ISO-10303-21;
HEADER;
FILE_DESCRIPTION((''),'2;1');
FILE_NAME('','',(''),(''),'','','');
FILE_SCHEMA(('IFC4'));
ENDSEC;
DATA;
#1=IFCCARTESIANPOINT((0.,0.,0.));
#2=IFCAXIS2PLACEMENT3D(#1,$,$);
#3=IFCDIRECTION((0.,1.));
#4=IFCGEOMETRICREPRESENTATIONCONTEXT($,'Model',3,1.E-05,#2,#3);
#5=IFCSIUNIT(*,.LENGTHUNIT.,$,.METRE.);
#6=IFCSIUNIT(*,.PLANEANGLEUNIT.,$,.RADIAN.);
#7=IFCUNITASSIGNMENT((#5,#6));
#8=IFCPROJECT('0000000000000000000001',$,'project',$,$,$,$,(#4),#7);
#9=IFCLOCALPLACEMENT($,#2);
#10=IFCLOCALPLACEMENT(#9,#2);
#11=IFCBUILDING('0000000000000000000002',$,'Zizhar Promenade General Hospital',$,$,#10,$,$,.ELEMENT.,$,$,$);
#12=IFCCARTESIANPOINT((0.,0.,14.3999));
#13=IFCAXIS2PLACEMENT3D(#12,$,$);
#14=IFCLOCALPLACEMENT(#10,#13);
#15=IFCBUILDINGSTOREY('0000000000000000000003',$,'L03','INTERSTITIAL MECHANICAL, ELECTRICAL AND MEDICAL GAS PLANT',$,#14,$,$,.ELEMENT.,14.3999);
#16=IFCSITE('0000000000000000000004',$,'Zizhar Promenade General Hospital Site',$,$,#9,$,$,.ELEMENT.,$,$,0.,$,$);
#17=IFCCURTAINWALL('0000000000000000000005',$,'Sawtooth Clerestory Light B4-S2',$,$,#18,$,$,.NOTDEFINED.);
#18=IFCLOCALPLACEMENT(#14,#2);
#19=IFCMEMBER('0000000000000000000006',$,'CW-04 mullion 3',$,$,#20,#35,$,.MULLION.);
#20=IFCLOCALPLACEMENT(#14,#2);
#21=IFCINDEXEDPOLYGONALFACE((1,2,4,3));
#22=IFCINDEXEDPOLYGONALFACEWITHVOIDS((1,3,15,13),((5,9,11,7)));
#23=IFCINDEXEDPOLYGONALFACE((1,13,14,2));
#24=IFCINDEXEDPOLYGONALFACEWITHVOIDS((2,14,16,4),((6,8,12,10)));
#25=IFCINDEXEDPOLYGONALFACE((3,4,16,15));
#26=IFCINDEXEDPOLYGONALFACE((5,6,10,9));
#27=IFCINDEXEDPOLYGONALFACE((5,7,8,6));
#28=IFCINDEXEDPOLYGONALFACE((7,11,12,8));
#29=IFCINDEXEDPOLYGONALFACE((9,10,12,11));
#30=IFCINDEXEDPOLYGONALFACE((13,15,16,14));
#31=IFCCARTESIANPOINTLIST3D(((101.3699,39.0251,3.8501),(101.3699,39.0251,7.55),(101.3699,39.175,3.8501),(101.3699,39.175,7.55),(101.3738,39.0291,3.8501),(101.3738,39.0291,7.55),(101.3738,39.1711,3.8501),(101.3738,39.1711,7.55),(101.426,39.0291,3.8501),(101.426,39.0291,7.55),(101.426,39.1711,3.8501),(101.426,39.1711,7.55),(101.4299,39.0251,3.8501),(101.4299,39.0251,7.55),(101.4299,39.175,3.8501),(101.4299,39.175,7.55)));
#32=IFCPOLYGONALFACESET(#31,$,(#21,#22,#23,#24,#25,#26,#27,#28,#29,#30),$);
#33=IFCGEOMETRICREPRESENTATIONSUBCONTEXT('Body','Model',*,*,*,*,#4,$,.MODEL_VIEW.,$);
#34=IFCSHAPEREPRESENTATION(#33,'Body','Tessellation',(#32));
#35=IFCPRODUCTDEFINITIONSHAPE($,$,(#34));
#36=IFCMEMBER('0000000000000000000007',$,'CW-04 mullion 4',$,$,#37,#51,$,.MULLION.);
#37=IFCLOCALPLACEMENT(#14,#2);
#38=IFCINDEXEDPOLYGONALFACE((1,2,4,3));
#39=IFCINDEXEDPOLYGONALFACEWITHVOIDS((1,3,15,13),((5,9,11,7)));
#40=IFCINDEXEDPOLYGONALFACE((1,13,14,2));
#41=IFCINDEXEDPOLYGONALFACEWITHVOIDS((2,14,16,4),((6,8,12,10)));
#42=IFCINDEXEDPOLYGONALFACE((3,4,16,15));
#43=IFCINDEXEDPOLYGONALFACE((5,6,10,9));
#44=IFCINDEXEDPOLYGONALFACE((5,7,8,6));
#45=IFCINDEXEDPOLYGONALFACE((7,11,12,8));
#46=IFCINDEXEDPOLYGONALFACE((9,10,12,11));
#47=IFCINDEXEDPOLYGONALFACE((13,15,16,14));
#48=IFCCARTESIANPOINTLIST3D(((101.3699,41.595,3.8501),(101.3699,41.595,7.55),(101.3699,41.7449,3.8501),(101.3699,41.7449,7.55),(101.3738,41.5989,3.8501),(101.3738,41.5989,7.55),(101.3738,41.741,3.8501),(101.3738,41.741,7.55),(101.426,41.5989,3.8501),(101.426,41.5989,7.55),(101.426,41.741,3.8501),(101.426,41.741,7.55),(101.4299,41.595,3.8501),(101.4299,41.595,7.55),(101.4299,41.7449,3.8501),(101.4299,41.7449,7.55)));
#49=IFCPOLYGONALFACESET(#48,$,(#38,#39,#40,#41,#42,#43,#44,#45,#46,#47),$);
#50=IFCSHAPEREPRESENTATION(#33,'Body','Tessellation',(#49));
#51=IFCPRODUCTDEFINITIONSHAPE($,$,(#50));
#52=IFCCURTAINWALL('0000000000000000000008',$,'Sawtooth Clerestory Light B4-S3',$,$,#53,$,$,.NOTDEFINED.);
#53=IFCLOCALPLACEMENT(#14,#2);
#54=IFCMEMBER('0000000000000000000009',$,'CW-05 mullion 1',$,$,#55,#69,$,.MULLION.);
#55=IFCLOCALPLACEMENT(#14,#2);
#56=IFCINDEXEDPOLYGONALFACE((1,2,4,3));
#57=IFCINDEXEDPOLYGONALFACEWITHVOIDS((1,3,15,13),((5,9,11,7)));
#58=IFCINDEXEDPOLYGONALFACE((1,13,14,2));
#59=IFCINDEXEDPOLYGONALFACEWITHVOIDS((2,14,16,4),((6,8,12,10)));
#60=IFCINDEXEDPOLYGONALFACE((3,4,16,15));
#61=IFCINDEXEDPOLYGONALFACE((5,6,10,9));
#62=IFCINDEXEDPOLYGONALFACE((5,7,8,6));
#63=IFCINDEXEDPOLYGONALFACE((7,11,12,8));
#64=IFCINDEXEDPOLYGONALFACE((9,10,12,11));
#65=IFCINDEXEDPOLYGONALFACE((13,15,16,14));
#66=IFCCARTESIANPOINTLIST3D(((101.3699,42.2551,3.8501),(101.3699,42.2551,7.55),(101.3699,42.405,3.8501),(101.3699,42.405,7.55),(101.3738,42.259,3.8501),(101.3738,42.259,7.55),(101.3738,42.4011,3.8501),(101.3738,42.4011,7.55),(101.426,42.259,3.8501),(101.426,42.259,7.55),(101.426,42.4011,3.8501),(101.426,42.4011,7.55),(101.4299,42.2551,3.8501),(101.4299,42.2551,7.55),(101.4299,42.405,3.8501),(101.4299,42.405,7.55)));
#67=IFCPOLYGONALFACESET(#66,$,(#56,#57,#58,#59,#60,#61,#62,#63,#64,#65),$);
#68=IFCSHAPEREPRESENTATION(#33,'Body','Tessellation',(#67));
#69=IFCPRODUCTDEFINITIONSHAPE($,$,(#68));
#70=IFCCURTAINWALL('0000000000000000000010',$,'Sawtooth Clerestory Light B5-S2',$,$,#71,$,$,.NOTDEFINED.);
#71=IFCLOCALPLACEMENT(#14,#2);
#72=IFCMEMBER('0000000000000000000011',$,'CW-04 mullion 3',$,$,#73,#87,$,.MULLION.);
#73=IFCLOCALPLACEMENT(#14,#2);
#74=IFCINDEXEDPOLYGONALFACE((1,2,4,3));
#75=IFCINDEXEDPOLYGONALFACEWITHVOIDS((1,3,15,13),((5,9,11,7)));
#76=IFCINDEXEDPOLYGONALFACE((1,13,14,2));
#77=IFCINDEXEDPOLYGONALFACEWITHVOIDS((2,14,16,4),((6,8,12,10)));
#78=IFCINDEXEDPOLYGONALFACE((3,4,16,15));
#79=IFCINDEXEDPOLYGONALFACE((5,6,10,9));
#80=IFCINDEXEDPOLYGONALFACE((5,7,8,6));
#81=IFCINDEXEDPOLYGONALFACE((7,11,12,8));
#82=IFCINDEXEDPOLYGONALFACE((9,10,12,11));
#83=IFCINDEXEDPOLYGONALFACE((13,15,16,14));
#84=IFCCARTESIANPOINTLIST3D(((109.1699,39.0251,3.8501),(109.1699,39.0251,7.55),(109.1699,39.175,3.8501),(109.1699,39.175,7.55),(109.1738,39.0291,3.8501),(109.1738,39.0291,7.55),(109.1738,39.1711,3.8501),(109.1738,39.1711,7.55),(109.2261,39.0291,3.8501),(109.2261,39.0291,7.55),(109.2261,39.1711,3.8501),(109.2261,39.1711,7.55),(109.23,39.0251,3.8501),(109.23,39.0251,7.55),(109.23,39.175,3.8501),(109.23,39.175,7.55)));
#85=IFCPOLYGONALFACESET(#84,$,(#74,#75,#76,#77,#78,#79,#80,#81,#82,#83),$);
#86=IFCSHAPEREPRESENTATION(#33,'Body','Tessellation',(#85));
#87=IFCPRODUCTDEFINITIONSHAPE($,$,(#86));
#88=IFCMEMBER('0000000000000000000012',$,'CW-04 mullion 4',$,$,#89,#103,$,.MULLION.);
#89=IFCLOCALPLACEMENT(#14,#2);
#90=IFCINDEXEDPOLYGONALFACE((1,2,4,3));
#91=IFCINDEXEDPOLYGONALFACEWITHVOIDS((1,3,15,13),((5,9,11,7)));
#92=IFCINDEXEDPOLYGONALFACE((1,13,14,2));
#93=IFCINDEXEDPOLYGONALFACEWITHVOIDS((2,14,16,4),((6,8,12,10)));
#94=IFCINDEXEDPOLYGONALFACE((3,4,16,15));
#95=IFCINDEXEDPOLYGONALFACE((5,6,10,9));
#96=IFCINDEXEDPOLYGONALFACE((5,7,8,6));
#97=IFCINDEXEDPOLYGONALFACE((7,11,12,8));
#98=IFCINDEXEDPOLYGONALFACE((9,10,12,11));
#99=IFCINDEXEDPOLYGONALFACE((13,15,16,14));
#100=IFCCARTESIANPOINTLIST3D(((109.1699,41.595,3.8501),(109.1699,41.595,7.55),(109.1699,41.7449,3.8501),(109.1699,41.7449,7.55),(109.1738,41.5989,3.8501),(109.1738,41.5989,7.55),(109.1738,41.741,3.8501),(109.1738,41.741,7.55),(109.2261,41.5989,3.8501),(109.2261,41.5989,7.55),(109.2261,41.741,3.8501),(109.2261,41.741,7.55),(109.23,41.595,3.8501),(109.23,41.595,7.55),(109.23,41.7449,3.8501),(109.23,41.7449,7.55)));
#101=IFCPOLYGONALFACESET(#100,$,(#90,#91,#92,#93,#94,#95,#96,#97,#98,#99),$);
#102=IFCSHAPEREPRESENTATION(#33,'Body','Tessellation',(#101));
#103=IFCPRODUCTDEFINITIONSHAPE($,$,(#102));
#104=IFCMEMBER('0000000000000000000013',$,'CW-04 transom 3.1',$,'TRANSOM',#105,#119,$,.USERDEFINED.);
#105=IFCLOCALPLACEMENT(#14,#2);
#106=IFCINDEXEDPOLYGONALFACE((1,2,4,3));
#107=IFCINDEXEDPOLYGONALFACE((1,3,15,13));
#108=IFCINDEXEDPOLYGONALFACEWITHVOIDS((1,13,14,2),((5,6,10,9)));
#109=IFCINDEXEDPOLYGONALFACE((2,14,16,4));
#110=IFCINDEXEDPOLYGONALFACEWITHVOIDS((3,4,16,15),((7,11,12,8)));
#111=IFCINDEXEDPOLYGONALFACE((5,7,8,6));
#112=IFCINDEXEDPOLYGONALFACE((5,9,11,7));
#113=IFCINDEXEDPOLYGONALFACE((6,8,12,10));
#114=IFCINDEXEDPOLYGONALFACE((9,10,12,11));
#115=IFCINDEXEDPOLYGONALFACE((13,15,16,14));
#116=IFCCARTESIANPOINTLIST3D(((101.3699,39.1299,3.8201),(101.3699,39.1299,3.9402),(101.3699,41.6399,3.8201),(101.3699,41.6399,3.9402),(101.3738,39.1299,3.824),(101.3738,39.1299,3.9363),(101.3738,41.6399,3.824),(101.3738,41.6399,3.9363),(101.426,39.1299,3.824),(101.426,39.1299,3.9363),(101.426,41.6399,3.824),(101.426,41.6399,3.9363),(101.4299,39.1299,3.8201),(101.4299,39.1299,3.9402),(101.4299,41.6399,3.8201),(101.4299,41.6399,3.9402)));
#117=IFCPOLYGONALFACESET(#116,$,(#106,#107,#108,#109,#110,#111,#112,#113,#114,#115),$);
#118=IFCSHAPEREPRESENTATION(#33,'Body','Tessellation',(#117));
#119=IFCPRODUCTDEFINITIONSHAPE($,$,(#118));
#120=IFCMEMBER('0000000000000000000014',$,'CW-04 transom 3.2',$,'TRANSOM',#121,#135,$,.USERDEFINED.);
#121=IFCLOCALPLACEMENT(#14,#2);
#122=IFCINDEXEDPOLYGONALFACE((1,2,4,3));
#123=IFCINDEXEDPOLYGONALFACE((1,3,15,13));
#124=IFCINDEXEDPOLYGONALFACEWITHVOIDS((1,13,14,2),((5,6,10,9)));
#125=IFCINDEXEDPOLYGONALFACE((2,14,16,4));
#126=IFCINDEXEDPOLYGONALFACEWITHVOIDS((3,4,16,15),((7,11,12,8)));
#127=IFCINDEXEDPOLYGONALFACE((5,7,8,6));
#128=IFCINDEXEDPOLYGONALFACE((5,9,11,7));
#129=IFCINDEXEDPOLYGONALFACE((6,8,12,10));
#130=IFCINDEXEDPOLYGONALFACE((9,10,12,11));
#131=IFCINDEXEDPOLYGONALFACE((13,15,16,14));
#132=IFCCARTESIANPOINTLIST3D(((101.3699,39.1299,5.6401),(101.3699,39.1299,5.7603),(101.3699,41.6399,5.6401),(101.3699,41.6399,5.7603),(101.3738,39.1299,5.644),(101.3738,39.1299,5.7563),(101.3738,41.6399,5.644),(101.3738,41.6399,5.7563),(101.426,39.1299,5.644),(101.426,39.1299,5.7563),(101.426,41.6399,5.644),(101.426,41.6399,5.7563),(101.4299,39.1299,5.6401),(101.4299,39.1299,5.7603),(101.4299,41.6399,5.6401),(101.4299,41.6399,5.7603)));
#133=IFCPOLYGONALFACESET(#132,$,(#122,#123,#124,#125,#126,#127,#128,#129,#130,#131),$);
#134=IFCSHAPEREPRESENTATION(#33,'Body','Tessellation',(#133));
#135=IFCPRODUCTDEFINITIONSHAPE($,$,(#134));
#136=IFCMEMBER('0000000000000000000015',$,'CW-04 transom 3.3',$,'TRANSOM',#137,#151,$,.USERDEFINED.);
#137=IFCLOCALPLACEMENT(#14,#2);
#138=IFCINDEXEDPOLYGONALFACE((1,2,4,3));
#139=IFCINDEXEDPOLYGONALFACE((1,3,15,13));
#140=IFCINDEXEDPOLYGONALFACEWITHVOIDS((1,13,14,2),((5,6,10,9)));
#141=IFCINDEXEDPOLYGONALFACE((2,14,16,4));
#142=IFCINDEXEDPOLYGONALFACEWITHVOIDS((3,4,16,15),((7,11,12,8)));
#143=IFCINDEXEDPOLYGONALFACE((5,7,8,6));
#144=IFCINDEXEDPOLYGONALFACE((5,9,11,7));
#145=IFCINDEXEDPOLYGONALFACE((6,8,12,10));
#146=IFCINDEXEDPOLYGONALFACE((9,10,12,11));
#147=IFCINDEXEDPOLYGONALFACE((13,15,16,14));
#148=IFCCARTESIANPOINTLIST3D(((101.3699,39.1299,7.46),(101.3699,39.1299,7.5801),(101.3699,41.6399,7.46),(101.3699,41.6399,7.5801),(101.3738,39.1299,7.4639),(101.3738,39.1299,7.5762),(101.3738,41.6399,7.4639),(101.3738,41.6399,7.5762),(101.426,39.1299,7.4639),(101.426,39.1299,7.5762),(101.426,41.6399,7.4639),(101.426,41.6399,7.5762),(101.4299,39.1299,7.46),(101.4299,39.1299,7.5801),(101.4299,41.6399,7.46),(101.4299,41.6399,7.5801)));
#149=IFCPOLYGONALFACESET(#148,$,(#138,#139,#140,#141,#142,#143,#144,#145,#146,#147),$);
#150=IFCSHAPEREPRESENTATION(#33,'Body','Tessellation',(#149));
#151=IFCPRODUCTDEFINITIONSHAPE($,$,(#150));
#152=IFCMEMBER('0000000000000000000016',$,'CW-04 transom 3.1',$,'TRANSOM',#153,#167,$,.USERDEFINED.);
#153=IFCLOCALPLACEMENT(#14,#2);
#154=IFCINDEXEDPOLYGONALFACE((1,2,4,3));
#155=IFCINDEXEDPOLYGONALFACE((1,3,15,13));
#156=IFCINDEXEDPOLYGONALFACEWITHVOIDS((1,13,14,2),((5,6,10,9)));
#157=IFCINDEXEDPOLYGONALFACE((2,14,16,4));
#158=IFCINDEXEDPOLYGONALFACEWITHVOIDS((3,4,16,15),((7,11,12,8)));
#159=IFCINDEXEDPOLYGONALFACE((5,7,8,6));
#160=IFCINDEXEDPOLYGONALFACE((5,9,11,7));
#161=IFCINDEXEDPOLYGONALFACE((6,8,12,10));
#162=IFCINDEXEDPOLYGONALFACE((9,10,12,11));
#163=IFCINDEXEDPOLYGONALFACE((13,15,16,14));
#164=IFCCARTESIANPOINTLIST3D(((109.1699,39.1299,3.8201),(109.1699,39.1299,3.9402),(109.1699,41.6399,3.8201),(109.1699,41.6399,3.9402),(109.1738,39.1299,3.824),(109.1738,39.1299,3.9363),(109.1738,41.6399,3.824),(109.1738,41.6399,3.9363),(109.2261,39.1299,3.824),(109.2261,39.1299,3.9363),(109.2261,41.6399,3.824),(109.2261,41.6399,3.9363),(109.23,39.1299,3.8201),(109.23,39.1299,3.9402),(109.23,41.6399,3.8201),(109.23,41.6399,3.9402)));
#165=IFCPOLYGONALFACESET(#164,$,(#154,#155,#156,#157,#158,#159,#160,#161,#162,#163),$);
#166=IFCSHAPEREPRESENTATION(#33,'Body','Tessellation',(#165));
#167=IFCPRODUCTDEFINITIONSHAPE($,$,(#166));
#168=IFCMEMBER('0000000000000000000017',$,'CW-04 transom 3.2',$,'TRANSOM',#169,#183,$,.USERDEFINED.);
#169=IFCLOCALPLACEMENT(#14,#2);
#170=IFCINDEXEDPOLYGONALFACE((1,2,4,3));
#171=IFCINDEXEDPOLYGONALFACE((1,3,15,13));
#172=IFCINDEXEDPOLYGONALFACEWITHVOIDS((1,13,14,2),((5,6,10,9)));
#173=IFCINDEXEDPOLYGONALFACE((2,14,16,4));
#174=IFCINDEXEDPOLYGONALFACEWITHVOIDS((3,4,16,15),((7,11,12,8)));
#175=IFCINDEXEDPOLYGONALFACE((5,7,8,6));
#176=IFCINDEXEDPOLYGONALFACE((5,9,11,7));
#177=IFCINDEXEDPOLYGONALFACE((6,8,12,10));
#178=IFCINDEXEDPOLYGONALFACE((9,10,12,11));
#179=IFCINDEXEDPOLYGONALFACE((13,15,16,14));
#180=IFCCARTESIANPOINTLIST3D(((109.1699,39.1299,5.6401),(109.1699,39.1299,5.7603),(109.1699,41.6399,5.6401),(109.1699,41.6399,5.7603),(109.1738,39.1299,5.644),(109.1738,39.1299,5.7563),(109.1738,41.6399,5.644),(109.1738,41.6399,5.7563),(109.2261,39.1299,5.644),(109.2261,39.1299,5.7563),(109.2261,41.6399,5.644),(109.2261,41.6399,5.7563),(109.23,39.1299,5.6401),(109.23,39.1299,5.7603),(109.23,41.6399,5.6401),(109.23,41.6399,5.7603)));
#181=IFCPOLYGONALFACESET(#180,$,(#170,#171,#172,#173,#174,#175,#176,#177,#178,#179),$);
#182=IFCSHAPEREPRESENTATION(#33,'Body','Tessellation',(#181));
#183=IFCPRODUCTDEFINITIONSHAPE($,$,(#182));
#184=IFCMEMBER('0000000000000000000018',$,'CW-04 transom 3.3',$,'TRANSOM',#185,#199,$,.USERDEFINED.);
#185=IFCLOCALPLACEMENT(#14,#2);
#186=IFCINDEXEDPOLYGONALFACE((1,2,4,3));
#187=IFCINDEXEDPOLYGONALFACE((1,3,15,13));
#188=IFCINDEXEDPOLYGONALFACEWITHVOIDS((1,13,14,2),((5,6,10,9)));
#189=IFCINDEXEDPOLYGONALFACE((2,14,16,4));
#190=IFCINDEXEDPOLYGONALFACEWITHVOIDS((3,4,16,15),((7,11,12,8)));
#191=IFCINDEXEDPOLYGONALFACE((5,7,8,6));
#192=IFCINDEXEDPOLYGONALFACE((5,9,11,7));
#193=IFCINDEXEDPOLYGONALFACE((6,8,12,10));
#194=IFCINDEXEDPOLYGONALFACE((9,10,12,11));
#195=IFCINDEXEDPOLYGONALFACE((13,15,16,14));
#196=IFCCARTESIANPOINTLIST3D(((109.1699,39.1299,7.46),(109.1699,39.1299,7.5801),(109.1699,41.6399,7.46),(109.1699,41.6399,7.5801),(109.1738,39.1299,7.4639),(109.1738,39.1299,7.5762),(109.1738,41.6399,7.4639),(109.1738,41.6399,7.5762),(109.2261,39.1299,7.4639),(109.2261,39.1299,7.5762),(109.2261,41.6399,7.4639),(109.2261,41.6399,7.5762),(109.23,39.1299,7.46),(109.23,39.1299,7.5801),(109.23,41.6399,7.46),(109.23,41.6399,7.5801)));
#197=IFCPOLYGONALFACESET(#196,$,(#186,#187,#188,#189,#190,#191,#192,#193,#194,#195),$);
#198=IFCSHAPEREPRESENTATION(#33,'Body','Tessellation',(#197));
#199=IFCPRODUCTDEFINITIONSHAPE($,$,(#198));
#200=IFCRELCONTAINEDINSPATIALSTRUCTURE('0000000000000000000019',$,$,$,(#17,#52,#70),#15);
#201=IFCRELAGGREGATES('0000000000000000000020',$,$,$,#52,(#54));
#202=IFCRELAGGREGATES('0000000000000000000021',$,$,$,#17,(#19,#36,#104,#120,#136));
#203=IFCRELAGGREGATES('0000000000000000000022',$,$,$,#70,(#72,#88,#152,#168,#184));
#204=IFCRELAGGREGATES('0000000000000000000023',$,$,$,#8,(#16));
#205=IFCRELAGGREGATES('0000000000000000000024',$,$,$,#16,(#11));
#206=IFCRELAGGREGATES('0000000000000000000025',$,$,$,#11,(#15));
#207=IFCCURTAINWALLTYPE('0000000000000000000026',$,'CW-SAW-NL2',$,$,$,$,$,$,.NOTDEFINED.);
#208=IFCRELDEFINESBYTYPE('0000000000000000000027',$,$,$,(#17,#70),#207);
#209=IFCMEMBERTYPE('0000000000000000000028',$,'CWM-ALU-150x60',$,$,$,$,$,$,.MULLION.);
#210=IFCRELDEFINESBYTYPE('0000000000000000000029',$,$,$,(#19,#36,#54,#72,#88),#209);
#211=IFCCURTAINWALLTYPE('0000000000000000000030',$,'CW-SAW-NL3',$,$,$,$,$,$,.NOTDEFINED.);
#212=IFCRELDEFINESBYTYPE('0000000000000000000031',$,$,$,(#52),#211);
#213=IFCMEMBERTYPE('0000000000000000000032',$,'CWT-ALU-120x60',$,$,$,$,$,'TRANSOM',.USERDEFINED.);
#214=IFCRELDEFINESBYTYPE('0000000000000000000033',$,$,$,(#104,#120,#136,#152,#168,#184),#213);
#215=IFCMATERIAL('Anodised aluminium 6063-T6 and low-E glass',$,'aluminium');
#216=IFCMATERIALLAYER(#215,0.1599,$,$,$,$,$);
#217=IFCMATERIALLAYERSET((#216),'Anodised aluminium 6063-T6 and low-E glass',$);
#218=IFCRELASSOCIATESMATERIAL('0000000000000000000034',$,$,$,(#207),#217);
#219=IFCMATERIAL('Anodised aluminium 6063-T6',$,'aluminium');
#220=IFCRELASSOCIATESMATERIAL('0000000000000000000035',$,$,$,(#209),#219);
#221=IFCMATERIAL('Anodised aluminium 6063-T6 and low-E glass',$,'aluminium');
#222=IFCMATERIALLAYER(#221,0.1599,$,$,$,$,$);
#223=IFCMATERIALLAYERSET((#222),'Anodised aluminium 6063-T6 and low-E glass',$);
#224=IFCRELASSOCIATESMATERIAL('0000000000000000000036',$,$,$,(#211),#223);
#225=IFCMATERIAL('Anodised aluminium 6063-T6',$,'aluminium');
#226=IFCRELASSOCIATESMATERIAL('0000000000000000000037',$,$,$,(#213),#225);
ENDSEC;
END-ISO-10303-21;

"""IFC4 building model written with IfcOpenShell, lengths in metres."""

from ifc_helpers import new_model, si_unit, direction, frame, origin, origin_2d, place, context, subcontext, project, spatial, hollow_rectangle, extrude, material, layer, layer_set, material_profile, profile_set, type_object, element, aggregate, save


model = new_model("IFC4")

# Units and contexts
model_context = context("Model", 3, precision=1e-05, world=origin(), true_north=direction((0.0, 1.0)))
body_context = subcontext(model_context, "Body", "Model", "MODEL_VIEW")
ifc_project = project(units=[si_unit("LENGTHUNIT", "METRE"), si_unit("PLANEANGLEUNIT", "RADIAN")], contexts=[model_context])

# Site, building, storey
site_placement = place(None, origin())
site = spatial("IfcSite", under=ifc_project, at=site_placement, Name="Zizhar Promenade General Hospital Site", CompositionType="ELEMENT", RefElevation=0.0)
building_placement = place(site_placement, origin())
building = spatial("IfcBuilding", under=site, at=building_placement, Name="Zizhar Promenade General Hospital", CompositionType="ELEMENT")
storey_placement = place(building_placement, frame((0.0, 0.0, 14.3999)))
storey = spatial("IfcBuildingStorey", under=building, at=storey_placement, Name="L03", Description="INTERSTITIAL MECHANICAL, ELECTRICAL AND MEDICAL GAS PLANT", CompositionType="ELEMENT", Elevation=14.3999)

# Curtain wall, members
ifc_material_1 = material(Name="Anodised aluminium 6063-T6 and low-E glass", Category="aluminium")
ifc_layer_1 = layer(ifc_material_1, 0.1599)
ifc_layer_set_1 = layer_set([ifc_layer_1], Name="Anodised aluminium 6063-T6 and low-E glass")
curtain_wall_type_1 = type_object("IfcCurtainWallType", Name="CW-SAW-NL2", PredefinedType="NOTDEFINED", material=ifc_layer_set_1)
curtain_wall_1_placement = place(storey_placement, origin())
curtain_wall_1 = element("IfcCurtainWall", 1, at=curtain_wall_1_placement, inside=storey, type_object=curtain_wall_type_1, Name="Sawtooth Clerestory Light B4-S2", PredefinedType="NOTDEFINED")
ifc_material_2 = material(Name="Anodised aluminium 6063-T6", Category="aluminium")
ifc_material_profile_1 = material_profile(ifc_material_2, hollow_rectangle(XDim=0.0601, YDim=0.1499, WallThickness=0.0039, at=origin_2d()))
ifc_profile_set_1 = profile_set([ifc_material_profile_1], Name="Anodised aluminium 6063-T6")
member_type_1 = type_object("IfcMemberType", Name="CWM-ALU-150x60", PredefinedType="MULLION", material=ifc_profile_set_1)
member_1_placement = place(storey_placement, frame((101.3999, 39.1001, 3.8501), z_axis=(0.0, 0.0, 1.0), x_axis=(-1.0, 0.0, 0.0)))
member_1 = element("IfcMember", 2, at=member_1_placement, type_object=member_type_1, Name="CW-04 mullion 3", PredefinedType="MULLION", context=body_context, shape_type="SweptSolid", body=[
    extrude(hollow_rectangle(XDim=0.0601, YDim=0.1499, WallThickness=0.0039, at=origin_2d()), origin(), (0.0, 0.0, 1.0), 3.7),
])
member_2_placement = place(storey_placement, frame((101.3999, 41.6699, 3.8501), z_axis=(0.0, 0.0, 1.0), x_axis=(-1.0, 0.0, 0.0)))
member_2 = element("IfcMember", 3, at=member_2_placement, type_object=member_type_1, Name="CW-04 mullion 4", PredefinedType="MULLION", context=body_context, shape_type="SweptSolid", body=[
    extrude(hollow_rectangle(XDim=0.0601, YDim=0.1499, WallThickness=0.0039, at=origin_2d()), origin(), (0.0, 0.0, 1.0), 3.7),
])

# Curtain wall, member
ifc_material_3 = material(Name="Anodised aluminium 6063-T6 and low-E glass", Category="aluminium")
ifc_layer_2 = layer(ifc_material_3, 0.1599)
ifc_layer_set_2 = layer_set([ifc_layer_2], Name="Anodised aluminium 6063-T6 and low-E glass")
curtain_wall_type_2 = type_object("IfcCurtainWallType", Name="CW-SAW-NL3", PredefinedType="NOTDEFINED", material=ifc_layer_set_2)
curtain_wall_2_placement = place(storey_placement, origin())
curtain_wall_2 = element("IfcCurtainWall", 4, at=curtain_wall_2_placement, inside=storey, type_object=curtain_wall_type_2, Name="Sawtooth Clerestory Light B4-S3", PredefinedType="NOTDEFINED")
member_3_placement = place(storey_placement, frame((101.3999, 42.3301, 3.8501), z_axis=(0.0, 0.0, 1.0), x_axis=(-1.0, 0.0, 0.0)))
member_3 = element("IfcMember", 5, at=member_3_placement, type_object=member_type_1, Name="CW-05 mullion 1", PredefinedType="MULLION", context=body_context, shape_type="SweptSolid", body=[
    extrude(hollow_rectangle(XDim=0.0601, YDim=0.1499, WallThickness=0.0039, at=origin_2d()), origin(), (0.0, 0.0, 1.0), 3.7),
])
aggregate(curtain_wall_2, [member_3])

# Curtain wall, members
curtain_wall_3_placement = place(storey_placement, origin())
curtain_wall_3 = element("IfcCurtainWall", 6, at=curtain_wall_3_placement, inside=storey, type_object=curtain_wall_type_1, Name="Sawtooth Clerestory Light B5-S2", PredefinedType="NOTDEFINED")
member_4_placement = place(storey_placement, frame((109.2, 39.1001, 3.8501), z_axis=(0.0, 0.0, 1.0), x_axis=(-1.0, 0.0, 0.0)))
member_4 = element("IfcMember", 7, at=member_4_placement, type_object=member_type_1, Name="CW-04 mullion 3", PredefinedType="MULLION", context=body_context, shape_type="SweptSolid", body=[
    extrude(hollow_rectangle(XDim=0.0601, YDim=0.1499, WallThickness=0.0039, at=origin_2d()), origin(), (0.0, 0.0, 1.0), 3.7),
])
member_5_placement = place(storey_placement, frame((109.2, 41.6699, 3.8501), z_axis=(0.0, 0.0, 1.0), x_axis=(-1.0, 0.0, 0.0)))
member_5 = element("IfcMember", 8, at=member_5_placement, type_object=member_type_1, Name="CW-04 mullion 4", PredefinedType="MULLION", context=body_context, shape_type="SweptSolid", body=[
    extrude(hollow_rectangle(XDim=0.0601, YDim=0.1499, WallThickness=0.0039, at=origin_2d()), origin(), (0.0, 0.0, 1.0), 3.7),
])

# Members
ifc_material_4 = material(Name="Anodised aluminium 6063-T6", Category="aluminium")
ifc_material_profile_2 = material_profile(ifc_material_4, hollow_rectangle(XDim=0.0601, YDim=0.1201, WallThickness=0.0039, at=origin_2d()))
ifc_profile_set_2 = profile_set([ifc_material_profile_2], Name="Anodised aluminium 6063-T6")
member_type_2 = type_object("IfcMemberType", Name="CWT-ALU-120x60", ElementType="TRANSOM", PredefinedType="USERDEFINED", material=ifc_profile_set_2)
member_6_placement = place(storey_placement, frame((101.3999, 39.1299, 3.8801), z_axis=(0.0, 1.0, 0.0), x_axis=(-1.0, 0.0, 0.0)))
member_6 = element("IfcMember", 9, at=member_6_placement, type_object=member_type_2, Name="CW-04 transom 3.1", ObjectType="TRANSOM", PredefinedType="USERDEFINED", context=body_context, shape_type="SweptSolid", body=[
    extrude(hollow_rectangle(XDim=0.0601, YDim=0.1201, WallThickness=0.0039, at=origin_2d()), origin(), (0.0, 0.0, 1.0), 2.51),
])
member_7_placement = place(storey_placement, frame((101.3999, 39.1299, 5.7002), z_axis=(0.0, 1.0, 0.0), x_axis=(-1.0, 0.0, 0.0)))
member_7 = element("IfcMember", 10, at=member_7_placement, type_object=member_type_2, Name="CW-04 transom 3.2", ObjectType="TRANSOM", PredefinedType="USERDEFINED", context=body_context, shape_type="SweptSolid", body=[
    extrude(hollow_rectangle(XDim=0.0601, YDim=0.1201, WallThickness=0.0039, at=origin_2d()), origin(), (0.0, 0.0, 1.0), 2.51),
])
member_8_placement = place(storey_placement, frame((101.3999, 39.1299, 7.52), z_axis=(0.0, 1.0, 0.0), x_axis=(-1.0, 0.0, 0.0)))
member_8 = element("IfcMember", 11, at=member_8_placement, type_object=member_type_2, Name="CW-04 transom 3.3", ObjectType="TRANSOM", PredefinedType="USERDEFINED", context=body_context, shape_type="SweptSolid", body=[
    extrude(hollow_rectangle(XDim=0.0601, YDim=0.1201, WallThickness=0.0039, at=origin_2d()), origin(), (0.0, 0.0, 1.0), 2.51),
])
member_9_placement = place(storey_placement, frame((109.2, 39.1299, 3.8801), z_axis=(0.0, 1.0, 0.0), x_axis=(-1.0, 0.0, 0.0)))
member_9 = element("IfcMember", 12, at=member_9_placement, type_object=member_type_2, Name="CW-04 transom 3.1", ObjectType="TRANSOM", PredefinedType="USERDEFINED", context=body_context, shape_type="SweptSolid", body=[
    extrude(hollow_rectangle(XDim=0.0601, YDim=0.1201, WallThickness=0.0039, at=origin_2d()), origin(), (0.0, 0.0, 1.0), 2.51),
])
member_10_placement = place(storey_placement, frame((109.2, 39.1299, 5.7002), z_axis=(0.0, 1.0, 0.0), x_axis=(-1.0, 0.0, 0.0)))
member_10 = element("IfcMember", 13, at=member_10_placement, type_object=member_type_2, Name="CW-04 transom 3.2", ObjectType="TRANSOM", PredefinedType="USERDEFINED", context=body_context, shape_type="SweptSolid", body=[
    extrude(hollow_rectangle(XDim=0.0601, YDim=0.1201, WallThickness=0.0039, at=origin_2d()), origin(), (0.0, 0.0, 1.0), 2.51),
])
member_11_placement = place(storey_placement, frame((109.2, 39.1299, 7.52), z_axis=(0.0, 1.0, 0.0), x_axis=(-1.0, 0.0, 0.0)))
member_11 = element("IfcMember", 14, at=member_11_placement, type_object=member_type_2, Name="CW-04 transom 3.3", ObjectType="TRANSOM", PredefinedType="USERDEFINED", context=body_context, shape_type="SweptSolid", body=[
    extrude(hollow_rectangle(XDim=0.0601, YDim=0.1201, WallThickness=0.0039, at=origin_2d()), origin(), (0.0, 0.0, 1.0), 2.51),
])

aggregate(curtain_wall_1, [member_1, member_2, member_6, member_7, member_8])
aggregate(curtain_wall_3, [member_4, member_5, member_9, member_10, member_11])

save(model, "model.ifc")
